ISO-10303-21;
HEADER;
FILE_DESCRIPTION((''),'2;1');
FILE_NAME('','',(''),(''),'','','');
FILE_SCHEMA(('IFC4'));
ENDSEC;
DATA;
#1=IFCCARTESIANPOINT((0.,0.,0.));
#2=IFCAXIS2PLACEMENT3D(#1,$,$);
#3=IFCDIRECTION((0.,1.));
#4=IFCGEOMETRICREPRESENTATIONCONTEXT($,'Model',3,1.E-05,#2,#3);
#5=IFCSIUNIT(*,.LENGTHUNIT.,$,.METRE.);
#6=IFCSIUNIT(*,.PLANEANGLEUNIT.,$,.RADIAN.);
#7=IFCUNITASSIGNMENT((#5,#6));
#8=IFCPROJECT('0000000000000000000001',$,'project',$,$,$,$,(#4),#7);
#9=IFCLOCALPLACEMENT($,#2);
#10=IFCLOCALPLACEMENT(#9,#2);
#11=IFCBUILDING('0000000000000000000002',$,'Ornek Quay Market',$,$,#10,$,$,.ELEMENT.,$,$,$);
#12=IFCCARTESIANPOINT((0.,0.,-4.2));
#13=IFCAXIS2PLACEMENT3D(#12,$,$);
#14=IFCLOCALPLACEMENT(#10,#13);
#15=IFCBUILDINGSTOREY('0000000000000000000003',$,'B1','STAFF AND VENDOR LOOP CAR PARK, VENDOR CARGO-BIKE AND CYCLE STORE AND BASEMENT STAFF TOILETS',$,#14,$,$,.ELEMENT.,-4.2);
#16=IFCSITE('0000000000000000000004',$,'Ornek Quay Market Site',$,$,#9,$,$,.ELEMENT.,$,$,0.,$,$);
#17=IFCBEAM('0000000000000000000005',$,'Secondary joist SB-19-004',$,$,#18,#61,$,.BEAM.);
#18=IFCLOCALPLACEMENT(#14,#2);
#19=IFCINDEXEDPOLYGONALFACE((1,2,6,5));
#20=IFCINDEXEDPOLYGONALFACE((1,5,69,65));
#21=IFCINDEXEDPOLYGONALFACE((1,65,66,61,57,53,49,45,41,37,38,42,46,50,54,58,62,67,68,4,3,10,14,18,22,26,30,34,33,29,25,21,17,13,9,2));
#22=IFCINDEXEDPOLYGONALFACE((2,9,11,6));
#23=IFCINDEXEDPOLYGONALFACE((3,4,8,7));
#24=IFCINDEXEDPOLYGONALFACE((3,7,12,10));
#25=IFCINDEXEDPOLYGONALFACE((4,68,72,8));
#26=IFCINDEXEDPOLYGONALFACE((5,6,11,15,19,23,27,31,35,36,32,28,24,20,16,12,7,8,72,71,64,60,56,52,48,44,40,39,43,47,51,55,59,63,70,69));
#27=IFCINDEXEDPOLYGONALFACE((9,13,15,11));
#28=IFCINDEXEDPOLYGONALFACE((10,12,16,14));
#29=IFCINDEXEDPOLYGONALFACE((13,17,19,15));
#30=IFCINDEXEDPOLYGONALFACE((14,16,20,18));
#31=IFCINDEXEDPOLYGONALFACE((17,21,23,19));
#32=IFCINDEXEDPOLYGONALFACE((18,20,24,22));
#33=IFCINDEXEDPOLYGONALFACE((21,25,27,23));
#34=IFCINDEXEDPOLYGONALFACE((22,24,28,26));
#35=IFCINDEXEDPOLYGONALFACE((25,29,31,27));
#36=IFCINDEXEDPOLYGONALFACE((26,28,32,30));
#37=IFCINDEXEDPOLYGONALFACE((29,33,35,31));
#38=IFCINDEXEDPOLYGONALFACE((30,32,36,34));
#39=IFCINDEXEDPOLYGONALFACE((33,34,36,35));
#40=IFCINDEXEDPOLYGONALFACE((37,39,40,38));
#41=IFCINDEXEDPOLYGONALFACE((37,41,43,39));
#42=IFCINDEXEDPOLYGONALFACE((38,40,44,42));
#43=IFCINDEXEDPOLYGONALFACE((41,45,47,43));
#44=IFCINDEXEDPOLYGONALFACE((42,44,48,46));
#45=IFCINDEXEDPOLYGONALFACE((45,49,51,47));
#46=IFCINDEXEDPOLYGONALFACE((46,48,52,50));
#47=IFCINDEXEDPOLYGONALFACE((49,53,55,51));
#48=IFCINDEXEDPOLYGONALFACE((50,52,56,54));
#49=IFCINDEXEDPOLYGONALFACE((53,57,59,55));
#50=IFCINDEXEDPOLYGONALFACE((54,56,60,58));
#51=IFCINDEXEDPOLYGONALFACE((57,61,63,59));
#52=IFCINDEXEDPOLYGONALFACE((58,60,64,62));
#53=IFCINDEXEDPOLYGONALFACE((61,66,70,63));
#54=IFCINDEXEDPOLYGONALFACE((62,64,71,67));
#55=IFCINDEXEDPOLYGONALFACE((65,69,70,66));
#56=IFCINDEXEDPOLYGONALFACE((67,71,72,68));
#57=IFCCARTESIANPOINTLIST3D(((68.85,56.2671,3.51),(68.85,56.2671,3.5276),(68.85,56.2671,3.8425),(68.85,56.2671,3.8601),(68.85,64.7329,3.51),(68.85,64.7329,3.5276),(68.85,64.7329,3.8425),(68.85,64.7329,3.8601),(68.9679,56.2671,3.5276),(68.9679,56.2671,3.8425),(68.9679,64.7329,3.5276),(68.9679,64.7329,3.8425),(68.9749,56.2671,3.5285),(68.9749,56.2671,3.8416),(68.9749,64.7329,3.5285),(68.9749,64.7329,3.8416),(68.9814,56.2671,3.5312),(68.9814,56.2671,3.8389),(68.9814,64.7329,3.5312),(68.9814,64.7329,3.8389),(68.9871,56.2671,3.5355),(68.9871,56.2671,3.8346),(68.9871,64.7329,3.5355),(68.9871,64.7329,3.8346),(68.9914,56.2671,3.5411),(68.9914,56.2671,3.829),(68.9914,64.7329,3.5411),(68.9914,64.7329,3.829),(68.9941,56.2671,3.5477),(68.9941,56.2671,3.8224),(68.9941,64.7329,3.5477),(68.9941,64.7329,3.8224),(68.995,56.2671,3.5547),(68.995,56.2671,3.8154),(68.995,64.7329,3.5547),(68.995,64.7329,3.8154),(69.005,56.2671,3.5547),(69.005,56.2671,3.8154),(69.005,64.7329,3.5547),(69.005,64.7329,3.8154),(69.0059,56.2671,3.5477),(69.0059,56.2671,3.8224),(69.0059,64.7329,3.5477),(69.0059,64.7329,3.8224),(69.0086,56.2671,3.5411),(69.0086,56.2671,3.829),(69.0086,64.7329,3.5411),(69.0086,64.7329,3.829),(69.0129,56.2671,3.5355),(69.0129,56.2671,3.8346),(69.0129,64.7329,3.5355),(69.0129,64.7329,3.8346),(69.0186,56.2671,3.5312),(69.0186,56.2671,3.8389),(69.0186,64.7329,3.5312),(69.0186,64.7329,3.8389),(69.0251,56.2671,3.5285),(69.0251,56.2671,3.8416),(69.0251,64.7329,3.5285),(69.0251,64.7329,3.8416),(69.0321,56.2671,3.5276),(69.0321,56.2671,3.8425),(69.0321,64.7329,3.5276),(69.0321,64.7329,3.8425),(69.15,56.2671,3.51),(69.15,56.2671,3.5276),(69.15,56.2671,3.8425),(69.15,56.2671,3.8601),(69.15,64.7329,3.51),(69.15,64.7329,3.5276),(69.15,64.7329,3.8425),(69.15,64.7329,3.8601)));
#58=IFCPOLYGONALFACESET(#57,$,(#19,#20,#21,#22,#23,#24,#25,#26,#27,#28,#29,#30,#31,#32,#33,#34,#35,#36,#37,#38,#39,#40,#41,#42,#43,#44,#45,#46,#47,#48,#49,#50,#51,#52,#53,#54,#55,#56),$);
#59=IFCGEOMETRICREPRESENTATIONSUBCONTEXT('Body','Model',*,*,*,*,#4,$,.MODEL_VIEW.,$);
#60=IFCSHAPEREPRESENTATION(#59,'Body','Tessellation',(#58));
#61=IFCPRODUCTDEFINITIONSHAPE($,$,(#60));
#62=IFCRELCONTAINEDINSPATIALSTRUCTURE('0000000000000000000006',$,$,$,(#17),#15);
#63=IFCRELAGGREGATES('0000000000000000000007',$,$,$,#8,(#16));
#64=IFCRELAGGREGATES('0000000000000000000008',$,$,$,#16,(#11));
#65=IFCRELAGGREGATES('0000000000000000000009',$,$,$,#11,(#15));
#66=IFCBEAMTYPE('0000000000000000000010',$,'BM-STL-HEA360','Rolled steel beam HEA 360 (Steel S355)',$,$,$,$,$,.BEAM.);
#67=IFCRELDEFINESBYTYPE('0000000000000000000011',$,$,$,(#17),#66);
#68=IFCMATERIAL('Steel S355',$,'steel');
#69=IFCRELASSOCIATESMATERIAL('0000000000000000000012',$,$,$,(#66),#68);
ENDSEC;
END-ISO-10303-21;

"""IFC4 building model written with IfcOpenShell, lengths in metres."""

from ifc_helpers import new_model, si_unit, direction, frame, origin, origin_2d, place, context, subcontext, project, spatial, i_section, extrude, material, material_profile, profile_set, type_object, element, save


model = new_model("IFC4")

# Units and contexts
model_context = context("Model", 3, precision=1e-05, world=origin(), true_north=direction((0.0, 1.0)))
body_context = subcontext(model_context, "Body", "Model", "MODEL_VIEW")
ifc_project = project(units=[si_unit("LENGTHUNIT", "METRE"), si_unit("PLANEANGLEUNIT", "RADIAN")], contexts=[model_context])

# Site, building, storey
site_placement = place(None, origin())
site = spatial("IfcSite", under=ifc_project, at=site_placement, Name="Ornek Quay Market Site", CompositionType="ELEMENT", RefElevation=0.0)
building_placement = place(site_placement, origin())
building = spatial("IfcBuilding", under=site, at=building_placement, Name="Ornek Quay Market", CompositionType="ELEMENT")
storey_placement = place(building_placement, frame((0.0, 0.0, -4.2)))
storey = spatial("IfcBuildingStorey", under=building, at=storey_placement, Name="B1", Description="STAFF AND VENDOR LOOP CAR PARK, VENDOR CARGO-BIKE AND CYCLE STORE AND BASEMENT STAFF TOILETS", CompositionType="ELEMENT", Elevation=-4.2)

# Beam
ifc_material_1 = material(Name="Steel S355", Category="steel")
ifc_material_profile_1 = material_profile(ifc_material_1, i_section(OverallWidth=0.3, OverallDepth=0.3501, WebThickness=0.01, FlangeThickness=0.0176, FilletRadius=0.0271, at=origin_2d()), Name="HEA 360", Category="steel")
ifc_profile_set_1 = profile_set([ifc_material_profile_1], Name="Steel S355")
beam_type_1 = type_object("IfcBeamType", Name="BM-STL-HEA360", Description="Rolled steel beam HEA 360 (Steel S355)", PredefinedType="BEAM", material=ifc_profile_set_1)
for number, where, z_axis, x_axis, name in (
    (1, (69.0, 56.2671, 3.6851), (0.0, 1.0, 0.0), (-1.0, 0.0, 0.0), "Secondary joist SB-19-004"),
):
    element("IfcBeam", number, at=place(storey_placement, frame(where, z_axis=z_axis, x_axis=x_axis)), inside=storey, type_object=beam_type_1, Name=name, PredefinedType="BEAM", context=body_context, shape_type="SweptSolid", body=[
        extrude(i_section(OverallWidth=0.3, OverallDepth=0.3501, WebThickness=0.01, FlangeThickness=0.0176, FilletRadius=0.0271, at=origin_2d()), origin(), (0.0, 0.0, 1.0), 8.4658),
    ])

save(model, "model.ifc")
